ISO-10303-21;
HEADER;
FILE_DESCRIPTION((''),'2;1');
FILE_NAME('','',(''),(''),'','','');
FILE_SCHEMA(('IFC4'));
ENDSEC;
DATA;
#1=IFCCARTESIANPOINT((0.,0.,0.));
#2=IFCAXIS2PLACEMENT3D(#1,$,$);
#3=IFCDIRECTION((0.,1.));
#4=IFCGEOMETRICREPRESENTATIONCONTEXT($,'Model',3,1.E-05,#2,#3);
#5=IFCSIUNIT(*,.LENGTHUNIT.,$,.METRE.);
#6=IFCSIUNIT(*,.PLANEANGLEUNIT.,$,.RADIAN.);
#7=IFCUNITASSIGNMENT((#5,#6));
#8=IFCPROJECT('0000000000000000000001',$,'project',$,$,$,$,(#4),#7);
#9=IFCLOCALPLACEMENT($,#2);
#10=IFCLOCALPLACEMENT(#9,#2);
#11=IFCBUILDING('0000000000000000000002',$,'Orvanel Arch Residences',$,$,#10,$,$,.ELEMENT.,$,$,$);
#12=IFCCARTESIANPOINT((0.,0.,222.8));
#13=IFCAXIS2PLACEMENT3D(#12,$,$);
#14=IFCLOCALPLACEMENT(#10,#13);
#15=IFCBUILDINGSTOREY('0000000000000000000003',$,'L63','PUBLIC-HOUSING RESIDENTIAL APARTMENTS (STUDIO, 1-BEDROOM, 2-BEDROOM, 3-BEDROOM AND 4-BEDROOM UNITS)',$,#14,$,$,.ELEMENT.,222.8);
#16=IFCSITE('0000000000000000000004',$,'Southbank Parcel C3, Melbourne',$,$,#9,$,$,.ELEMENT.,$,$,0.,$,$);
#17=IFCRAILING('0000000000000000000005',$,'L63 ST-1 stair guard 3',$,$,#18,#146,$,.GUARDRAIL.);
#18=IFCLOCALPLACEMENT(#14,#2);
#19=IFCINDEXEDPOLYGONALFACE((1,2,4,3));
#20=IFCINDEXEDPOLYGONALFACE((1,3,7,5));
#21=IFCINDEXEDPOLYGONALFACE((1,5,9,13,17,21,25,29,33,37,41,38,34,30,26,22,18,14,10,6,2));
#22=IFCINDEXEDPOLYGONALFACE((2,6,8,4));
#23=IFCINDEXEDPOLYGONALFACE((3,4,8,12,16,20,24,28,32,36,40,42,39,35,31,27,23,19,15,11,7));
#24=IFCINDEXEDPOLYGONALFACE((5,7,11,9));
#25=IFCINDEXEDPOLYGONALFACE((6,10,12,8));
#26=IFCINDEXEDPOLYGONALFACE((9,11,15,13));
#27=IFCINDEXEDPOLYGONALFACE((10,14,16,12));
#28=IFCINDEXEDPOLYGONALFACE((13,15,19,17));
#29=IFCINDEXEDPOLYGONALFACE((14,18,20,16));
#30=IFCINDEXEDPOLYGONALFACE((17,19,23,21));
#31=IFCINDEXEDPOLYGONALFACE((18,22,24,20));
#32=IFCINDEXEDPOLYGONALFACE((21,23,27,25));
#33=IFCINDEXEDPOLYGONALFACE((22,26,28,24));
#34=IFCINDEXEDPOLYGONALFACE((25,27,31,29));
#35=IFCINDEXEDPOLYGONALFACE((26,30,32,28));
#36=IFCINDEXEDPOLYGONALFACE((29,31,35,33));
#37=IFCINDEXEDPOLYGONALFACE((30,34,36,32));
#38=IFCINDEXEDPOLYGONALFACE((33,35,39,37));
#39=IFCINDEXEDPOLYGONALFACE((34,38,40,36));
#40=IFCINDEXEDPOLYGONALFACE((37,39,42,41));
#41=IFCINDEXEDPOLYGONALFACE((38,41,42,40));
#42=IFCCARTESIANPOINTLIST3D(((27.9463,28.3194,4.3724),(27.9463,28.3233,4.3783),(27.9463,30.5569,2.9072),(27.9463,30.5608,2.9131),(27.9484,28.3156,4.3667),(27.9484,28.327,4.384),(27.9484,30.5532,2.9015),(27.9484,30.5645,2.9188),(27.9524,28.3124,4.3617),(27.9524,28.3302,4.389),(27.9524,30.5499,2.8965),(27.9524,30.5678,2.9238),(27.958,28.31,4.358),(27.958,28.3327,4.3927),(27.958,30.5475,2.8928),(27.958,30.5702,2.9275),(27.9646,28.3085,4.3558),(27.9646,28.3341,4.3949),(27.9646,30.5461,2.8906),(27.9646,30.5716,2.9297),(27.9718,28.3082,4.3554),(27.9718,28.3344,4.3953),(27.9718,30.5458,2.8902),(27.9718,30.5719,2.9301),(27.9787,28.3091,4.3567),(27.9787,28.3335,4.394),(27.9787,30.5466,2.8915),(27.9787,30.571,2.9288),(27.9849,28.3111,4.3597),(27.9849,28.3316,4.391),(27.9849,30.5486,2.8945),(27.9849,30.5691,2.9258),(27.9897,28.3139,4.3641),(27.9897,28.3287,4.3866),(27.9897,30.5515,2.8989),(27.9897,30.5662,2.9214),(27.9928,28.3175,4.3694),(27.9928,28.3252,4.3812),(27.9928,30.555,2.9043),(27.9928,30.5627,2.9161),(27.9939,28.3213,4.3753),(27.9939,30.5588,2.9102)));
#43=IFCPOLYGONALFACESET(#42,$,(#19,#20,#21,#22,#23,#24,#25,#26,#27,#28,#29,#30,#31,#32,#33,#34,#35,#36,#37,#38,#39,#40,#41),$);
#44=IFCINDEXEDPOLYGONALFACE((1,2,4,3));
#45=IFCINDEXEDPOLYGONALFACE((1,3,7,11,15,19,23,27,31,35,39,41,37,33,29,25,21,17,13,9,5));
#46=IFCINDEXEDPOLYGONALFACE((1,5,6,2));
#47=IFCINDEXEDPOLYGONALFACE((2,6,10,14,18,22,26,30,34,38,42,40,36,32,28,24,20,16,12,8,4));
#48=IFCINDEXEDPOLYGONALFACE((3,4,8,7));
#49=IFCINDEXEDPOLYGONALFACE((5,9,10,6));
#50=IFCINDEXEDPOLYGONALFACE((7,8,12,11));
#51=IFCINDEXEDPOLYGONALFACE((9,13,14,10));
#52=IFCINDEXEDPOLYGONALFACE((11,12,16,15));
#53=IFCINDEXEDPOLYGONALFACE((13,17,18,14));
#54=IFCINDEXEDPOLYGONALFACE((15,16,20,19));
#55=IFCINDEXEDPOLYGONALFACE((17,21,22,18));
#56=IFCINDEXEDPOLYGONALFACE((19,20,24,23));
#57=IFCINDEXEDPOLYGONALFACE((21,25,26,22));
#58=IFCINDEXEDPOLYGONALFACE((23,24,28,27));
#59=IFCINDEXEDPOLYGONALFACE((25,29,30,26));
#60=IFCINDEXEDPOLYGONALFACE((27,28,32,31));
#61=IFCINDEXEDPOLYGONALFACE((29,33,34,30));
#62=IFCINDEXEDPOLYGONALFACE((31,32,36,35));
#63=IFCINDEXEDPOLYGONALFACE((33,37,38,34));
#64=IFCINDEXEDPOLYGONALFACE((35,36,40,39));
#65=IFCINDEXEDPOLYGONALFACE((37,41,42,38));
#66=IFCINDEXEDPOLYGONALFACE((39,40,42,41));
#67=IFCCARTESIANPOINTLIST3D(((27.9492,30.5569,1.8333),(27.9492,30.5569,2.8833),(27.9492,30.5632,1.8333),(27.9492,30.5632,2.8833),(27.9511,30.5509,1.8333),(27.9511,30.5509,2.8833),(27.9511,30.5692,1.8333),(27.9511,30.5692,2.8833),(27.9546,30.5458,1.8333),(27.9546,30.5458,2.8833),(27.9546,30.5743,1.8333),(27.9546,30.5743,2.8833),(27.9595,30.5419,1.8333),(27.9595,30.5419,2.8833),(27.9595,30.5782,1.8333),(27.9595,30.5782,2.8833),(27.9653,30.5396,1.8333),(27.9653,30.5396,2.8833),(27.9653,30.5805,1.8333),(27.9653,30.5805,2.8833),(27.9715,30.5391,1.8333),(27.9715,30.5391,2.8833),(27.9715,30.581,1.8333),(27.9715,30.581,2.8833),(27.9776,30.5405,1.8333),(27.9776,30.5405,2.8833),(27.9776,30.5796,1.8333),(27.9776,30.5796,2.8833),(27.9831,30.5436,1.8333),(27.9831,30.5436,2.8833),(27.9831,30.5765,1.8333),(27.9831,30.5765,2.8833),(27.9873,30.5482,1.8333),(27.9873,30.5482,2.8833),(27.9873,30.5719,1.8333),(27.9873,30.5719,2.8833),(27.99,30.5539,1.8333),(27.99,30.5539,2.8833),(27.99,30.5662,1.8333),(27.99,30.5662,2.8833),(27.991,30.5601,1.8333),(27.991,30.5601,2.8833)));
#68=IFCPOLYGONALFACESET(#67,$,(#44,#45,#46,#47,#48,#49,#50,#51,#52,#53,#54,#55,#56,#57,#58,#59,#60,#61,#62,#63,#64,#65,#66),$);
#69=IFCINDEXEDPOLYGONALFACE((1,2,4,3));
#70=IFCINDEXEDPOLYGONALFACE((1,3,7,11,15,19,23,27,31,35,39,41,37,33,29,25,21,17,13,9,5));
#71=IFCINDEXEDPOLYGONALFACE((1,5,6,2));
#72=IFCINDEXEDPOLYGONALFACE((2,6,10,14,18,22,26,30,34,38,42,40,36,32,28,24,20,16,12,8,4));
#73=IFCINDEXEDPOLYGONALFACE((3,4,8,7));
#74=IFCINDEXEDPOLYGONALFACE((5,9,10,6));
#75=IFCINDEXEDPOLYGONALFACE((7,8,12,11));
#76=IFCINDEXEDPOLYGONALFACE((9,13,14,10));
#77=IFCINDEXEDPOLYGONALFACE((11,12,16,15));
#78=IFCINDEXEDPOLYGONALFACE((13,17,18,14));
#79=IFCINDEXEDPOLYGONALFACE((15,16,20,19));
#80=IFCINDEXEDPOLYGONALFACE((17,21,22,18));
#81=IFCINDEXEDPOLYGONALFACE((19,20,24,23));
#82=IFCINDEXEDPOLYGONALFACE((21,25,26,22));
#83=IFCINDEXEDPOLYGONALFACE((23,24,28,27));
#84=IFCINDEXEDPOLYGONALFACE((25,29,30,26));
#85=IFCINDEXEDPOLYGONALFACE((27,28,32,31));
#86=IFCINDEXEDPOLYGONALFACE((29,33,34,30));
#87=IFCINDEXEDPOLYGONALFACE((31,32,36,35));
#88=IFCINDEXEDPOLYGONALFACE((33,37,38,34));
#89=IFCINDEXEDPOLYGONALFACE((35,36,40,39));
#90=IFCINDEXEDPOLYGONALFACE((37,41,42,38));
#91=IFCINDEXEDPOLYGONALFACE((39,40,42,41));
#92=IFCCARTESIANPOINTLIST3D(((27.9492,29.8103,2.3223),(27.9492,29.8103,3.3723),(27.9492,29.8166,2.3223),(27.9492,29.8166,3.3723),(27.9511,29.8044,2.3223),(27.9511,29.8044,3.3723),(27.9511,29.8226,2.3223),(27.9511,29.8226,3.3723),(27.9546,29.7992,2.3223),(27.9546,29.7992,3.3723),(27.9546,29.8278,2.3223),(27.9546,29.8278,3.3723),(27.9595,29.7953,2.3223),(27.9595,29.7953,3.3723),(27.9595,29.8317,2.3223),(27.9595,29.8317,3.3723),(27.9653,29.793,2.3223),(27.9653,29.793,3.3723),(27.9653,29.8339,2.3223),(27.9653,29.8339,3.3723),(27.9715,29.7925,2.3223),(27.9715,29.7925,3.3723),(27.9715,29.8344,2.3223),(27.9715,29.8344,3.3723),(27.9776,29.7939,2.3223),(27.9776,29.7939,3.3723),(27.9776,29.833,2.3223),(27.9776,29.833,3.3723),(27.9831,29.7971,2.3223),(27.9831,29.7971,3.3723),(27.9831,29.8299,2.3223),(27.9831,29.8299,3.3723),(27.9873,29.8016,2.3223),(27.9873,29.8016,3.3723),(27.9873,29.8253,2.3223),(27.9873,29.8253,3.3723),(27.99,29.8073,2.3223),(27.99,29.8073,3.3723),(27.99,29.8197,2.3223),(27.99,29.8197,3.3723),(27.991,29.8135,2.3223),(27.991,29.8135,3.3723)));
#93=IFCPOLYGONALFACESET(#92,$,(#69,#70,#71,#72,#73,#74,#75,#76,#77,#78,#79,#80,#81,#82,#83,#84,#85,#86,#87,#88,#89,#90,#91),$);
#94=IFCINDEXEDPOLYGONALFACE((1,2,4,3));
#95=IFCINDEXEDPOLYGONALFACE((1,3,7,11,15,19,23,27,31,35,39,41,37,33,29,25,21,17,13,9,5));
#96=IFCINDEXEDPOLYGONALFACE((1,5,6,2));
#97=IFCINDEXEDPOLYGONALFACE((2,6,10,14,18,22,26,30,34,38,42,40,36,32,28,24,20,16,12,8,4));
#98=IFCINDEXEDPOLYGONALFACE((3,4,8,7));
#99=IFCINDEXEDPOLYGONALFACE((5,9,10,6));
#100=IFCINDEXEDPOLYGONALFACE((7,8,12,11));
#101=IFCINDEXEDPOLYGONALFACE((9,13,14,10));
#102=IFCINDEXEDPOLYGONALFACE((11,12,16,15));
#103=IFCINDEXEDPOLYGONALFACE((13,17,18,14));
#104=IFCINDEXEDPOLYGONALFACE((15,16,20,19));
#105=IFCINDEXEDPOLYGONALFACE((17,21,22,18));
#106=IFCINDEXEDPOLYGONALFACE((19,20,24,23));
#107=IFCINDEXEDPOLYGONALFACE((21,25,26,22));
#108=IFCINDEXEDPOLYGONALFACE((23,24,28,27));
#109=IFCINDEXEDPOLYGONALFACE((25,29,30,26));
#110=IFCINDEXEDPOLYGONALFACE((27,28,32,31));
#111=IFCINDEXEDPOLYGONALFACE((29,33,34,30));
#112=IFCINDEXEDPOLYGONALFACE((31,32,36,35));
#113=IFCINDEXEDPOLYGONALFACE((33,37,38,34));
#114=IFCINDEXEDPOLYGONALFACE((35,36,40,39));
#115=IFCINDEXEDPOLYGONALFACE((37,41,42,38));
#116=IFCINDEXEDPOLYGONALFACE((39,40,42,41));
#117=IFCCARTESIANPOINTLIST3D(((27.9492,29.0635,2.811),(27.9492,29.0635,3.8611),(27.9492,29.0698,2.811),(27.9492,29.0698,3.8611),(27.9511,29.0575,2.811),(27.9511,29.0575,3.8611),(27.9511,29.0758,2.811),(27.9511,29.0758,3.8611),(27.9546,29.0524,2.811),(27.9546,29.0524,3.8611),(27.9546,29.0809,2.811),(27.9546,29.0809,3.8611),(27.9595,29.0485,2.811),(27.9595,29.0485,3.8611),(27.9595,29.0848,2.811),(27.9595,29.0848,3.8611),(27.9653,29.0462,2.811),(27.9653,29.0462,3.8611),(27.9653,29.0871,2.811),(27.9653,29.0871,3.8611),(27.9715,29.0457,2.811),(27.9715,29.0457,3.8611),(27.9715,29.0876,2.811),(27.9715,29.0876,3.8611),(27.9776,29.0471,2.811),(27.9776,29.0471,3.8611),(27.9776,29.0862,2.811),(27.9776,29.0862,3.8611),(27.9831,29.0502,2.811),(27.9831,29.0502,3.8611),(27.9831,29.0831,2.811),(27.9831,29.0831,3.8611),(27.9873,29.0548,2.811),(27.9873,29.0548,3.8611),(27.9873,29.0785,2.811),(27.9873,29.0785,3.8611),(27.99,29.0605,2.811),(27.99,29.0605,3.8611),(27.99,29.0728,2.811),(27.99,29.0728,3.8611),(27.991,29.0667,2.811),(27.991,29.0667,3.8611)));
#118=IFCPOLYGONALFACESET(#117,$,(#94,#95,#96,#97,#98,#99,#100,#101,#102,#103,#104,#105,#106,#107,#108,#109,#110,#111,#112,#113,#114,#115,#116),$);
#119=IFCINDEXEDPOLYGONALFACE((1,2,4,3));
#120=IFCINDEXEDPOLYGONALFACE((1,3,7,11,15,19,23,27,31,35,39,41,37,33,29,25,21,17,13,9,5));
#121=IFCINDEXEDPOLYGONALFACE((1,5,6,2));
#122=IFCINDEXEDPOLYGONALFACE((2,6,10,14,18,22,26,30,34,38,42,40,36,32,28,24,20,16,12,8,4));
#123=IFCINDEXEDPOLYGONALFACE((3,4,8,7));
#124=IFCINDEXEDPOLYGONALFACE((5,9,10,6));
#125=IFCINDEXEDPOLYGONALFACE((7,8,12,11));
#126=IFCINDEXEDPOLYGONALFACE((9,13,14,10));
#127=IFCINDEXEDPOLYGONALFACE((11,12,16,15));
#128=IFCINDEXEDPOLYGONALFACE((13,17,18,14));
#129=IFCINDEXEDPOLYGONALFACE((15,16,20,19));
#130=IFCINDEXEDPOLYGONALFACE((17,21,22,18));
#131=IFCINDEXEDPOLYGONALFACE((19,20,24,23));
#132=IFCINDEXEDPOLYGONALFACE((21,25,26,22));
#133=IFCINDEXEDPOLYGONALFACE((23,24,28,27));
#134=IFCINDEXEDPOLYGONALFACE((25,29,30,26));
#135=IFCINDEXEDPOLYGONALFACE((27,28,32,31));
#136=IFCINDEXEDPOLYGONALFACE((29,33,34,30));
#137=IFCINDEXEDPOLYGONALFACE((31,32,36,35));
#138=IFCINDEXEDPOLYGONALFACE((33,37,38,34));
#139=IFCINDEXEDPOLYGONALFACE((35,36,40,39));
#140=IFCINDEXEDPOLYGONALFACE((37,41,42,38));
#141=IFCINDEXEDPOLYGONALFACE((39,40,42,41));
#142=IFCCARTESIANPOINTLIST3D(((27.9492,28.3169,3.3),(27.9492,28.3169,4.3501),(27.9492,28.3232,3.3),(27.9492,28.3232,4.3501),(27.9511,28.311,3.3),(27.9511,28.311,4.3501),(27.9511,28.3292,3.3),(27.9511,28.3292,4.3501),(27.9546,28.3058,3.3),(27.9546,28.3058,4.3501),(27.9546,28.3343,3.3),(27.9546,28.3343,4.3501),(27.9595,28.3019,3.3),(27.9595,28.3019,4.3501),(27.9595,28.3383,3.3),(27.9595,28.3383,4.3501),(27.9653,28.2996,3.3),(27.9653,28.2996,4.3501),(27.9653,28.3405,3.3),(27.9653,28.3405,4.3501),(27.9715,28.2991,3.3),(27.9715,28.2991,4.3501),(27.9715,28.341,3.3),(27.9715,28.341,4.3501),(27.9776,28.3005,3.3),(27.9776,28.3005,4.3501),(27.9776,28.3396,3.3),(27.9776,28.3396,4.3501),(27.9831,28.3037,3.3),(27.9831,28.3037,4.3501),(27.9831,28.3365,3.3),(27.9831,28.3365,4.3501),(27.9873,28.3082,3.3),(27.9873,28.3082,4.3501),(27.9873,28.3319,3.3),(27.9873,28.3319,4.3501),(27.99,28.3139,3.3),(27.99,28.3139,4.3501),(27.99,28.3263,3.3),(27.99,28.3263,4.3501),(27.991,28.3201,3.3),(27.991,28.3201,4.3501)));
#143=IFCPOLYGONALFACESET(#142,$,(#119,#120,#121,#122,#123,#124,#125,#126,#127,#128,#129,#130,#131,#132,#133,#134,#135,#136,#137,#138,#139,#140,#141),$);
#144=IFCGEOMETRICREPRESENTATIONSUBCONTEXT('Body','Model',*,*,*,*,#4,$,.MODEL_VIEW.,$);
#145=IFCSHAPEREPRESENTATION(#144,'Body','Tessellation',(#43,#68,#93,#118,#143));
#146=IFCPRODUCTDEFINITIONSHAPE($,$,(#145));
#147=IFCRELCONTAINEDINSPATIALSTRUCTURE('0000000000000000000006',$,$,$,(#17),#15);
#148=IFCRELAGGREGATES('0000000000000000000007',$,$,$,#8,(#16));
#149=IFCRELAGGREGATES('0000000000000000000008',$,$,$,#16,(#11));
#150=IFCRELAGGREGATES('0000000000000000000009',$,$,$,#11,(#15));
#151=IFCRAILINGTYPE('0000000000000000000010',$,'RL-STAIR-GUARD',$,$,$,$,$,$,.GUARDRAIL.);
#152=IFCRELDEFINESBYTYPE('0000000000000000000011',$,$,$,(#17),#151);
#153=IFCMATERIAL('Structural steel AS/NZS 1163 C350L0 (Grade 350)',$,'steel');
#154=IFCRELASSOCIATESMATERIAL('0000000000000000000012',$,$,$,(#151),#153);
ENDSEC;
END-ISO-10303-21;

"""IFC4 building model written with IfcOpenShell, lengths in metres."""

from ifc_helpers import new_model, si_unit, direction, frame, origin, origin_2d, place, context, subcontext, project, spatial, circle, extrude, material, type_object, element, save


model = new_model("IFC4")

# Units and contexts
model_context = context("Model", 3, precision=1e-05, world=origin(), true_north=direction((0.0, 1.0)))
body_context = subcontext(model_context, "Body", "Model", "MODEL_VIEW")
ifc_project = project(units=[si_unit("LENGTHUNIT", "METRE"), si_unit("PLANEANGLEUNIT", "RADIAN")], contexts=[model_context])

# Site, building, storey
site_placement = place(None, origin())
site = spatial("IfcSite", under=ifc_project, at=site_placement, Name="Southbank Parcel C3, Melbourne", CompositionType="ELEMENT", RefElevation=0.0)
building_placement = place(site_placement, origin())
building = spatial("IfcBuilding", under=site, at=building_placement, Name="Orvanel Arch Residences", CompositionType="ELEMENT")
storey_placement = place(building_placement, frame((0.0, 0.0, 222.8)))
storey = spatial("IfcBuildingStorey", under=building, at=storey_placement, Name="L63", Description="PUBLIC-HOUSING RESIDENTIAL APARTMENTS (STUDIO, 1-BEDROOM, 2-BEDROOM, 3-BEDROOM AND 4-BEDROOM UNITS)", CompositionType="ELEMENT", Elevation=222.8)

# Railing
ifc_material_1 = material(Name="Structural steel AS/NZS 1163 C350L0 (Grade 350)", Category="steel")
railing_type_1 = type_object("IfcRailingType", Name="RL-STAIR-GUARD", PredefinedType="GUARDRAIL", material=ifc_material_1)
railing_1_placement = place(storey_placement, frame((27.97, 30.5601, 1.8333)))
element("IfcRailing", 1, at=railing_1_placement, inside=storey, type_object=railing_type_1, Name="L63 ST-1 stair guard 3", PredefinedType="GUARDRAIL", context=body_context, shape_type="SweptSolid", body=[
    extrude(circle(Radius=0.0239, at=origin_2d()), frame((0.0, -0.0012, 1.0769), z_axis=(0.0, -0.836595, 0.547822), x_axis=(1.0, 0.0, 0.0)), (0.0, 0.0, 1.0), 2.6746),
    extrude(circle(Radius=0.021, at=origin_2d()), origin(), (0.0, 0.0, 1.0), 1.05),
    extrude(circle(Radius=0.021, at=origin_2d()), frame((0.0, -0.7466, 0.489)), (0.0, 0.0, 1.0), 1.05),
    extrude(circle(Radius=0.021, at=origin_2d()), frame((0.0, -1.4934, 0.9778)), (0.0, 0.0, 1.0), 1.05),
    extrude(circle(Radius=0.021, at=origin_2d()), frame((0.0, -2.24, 1.4668)), (0.0, 0.0, 1.0), 1.05),
])

save(model, "model.ifc")
